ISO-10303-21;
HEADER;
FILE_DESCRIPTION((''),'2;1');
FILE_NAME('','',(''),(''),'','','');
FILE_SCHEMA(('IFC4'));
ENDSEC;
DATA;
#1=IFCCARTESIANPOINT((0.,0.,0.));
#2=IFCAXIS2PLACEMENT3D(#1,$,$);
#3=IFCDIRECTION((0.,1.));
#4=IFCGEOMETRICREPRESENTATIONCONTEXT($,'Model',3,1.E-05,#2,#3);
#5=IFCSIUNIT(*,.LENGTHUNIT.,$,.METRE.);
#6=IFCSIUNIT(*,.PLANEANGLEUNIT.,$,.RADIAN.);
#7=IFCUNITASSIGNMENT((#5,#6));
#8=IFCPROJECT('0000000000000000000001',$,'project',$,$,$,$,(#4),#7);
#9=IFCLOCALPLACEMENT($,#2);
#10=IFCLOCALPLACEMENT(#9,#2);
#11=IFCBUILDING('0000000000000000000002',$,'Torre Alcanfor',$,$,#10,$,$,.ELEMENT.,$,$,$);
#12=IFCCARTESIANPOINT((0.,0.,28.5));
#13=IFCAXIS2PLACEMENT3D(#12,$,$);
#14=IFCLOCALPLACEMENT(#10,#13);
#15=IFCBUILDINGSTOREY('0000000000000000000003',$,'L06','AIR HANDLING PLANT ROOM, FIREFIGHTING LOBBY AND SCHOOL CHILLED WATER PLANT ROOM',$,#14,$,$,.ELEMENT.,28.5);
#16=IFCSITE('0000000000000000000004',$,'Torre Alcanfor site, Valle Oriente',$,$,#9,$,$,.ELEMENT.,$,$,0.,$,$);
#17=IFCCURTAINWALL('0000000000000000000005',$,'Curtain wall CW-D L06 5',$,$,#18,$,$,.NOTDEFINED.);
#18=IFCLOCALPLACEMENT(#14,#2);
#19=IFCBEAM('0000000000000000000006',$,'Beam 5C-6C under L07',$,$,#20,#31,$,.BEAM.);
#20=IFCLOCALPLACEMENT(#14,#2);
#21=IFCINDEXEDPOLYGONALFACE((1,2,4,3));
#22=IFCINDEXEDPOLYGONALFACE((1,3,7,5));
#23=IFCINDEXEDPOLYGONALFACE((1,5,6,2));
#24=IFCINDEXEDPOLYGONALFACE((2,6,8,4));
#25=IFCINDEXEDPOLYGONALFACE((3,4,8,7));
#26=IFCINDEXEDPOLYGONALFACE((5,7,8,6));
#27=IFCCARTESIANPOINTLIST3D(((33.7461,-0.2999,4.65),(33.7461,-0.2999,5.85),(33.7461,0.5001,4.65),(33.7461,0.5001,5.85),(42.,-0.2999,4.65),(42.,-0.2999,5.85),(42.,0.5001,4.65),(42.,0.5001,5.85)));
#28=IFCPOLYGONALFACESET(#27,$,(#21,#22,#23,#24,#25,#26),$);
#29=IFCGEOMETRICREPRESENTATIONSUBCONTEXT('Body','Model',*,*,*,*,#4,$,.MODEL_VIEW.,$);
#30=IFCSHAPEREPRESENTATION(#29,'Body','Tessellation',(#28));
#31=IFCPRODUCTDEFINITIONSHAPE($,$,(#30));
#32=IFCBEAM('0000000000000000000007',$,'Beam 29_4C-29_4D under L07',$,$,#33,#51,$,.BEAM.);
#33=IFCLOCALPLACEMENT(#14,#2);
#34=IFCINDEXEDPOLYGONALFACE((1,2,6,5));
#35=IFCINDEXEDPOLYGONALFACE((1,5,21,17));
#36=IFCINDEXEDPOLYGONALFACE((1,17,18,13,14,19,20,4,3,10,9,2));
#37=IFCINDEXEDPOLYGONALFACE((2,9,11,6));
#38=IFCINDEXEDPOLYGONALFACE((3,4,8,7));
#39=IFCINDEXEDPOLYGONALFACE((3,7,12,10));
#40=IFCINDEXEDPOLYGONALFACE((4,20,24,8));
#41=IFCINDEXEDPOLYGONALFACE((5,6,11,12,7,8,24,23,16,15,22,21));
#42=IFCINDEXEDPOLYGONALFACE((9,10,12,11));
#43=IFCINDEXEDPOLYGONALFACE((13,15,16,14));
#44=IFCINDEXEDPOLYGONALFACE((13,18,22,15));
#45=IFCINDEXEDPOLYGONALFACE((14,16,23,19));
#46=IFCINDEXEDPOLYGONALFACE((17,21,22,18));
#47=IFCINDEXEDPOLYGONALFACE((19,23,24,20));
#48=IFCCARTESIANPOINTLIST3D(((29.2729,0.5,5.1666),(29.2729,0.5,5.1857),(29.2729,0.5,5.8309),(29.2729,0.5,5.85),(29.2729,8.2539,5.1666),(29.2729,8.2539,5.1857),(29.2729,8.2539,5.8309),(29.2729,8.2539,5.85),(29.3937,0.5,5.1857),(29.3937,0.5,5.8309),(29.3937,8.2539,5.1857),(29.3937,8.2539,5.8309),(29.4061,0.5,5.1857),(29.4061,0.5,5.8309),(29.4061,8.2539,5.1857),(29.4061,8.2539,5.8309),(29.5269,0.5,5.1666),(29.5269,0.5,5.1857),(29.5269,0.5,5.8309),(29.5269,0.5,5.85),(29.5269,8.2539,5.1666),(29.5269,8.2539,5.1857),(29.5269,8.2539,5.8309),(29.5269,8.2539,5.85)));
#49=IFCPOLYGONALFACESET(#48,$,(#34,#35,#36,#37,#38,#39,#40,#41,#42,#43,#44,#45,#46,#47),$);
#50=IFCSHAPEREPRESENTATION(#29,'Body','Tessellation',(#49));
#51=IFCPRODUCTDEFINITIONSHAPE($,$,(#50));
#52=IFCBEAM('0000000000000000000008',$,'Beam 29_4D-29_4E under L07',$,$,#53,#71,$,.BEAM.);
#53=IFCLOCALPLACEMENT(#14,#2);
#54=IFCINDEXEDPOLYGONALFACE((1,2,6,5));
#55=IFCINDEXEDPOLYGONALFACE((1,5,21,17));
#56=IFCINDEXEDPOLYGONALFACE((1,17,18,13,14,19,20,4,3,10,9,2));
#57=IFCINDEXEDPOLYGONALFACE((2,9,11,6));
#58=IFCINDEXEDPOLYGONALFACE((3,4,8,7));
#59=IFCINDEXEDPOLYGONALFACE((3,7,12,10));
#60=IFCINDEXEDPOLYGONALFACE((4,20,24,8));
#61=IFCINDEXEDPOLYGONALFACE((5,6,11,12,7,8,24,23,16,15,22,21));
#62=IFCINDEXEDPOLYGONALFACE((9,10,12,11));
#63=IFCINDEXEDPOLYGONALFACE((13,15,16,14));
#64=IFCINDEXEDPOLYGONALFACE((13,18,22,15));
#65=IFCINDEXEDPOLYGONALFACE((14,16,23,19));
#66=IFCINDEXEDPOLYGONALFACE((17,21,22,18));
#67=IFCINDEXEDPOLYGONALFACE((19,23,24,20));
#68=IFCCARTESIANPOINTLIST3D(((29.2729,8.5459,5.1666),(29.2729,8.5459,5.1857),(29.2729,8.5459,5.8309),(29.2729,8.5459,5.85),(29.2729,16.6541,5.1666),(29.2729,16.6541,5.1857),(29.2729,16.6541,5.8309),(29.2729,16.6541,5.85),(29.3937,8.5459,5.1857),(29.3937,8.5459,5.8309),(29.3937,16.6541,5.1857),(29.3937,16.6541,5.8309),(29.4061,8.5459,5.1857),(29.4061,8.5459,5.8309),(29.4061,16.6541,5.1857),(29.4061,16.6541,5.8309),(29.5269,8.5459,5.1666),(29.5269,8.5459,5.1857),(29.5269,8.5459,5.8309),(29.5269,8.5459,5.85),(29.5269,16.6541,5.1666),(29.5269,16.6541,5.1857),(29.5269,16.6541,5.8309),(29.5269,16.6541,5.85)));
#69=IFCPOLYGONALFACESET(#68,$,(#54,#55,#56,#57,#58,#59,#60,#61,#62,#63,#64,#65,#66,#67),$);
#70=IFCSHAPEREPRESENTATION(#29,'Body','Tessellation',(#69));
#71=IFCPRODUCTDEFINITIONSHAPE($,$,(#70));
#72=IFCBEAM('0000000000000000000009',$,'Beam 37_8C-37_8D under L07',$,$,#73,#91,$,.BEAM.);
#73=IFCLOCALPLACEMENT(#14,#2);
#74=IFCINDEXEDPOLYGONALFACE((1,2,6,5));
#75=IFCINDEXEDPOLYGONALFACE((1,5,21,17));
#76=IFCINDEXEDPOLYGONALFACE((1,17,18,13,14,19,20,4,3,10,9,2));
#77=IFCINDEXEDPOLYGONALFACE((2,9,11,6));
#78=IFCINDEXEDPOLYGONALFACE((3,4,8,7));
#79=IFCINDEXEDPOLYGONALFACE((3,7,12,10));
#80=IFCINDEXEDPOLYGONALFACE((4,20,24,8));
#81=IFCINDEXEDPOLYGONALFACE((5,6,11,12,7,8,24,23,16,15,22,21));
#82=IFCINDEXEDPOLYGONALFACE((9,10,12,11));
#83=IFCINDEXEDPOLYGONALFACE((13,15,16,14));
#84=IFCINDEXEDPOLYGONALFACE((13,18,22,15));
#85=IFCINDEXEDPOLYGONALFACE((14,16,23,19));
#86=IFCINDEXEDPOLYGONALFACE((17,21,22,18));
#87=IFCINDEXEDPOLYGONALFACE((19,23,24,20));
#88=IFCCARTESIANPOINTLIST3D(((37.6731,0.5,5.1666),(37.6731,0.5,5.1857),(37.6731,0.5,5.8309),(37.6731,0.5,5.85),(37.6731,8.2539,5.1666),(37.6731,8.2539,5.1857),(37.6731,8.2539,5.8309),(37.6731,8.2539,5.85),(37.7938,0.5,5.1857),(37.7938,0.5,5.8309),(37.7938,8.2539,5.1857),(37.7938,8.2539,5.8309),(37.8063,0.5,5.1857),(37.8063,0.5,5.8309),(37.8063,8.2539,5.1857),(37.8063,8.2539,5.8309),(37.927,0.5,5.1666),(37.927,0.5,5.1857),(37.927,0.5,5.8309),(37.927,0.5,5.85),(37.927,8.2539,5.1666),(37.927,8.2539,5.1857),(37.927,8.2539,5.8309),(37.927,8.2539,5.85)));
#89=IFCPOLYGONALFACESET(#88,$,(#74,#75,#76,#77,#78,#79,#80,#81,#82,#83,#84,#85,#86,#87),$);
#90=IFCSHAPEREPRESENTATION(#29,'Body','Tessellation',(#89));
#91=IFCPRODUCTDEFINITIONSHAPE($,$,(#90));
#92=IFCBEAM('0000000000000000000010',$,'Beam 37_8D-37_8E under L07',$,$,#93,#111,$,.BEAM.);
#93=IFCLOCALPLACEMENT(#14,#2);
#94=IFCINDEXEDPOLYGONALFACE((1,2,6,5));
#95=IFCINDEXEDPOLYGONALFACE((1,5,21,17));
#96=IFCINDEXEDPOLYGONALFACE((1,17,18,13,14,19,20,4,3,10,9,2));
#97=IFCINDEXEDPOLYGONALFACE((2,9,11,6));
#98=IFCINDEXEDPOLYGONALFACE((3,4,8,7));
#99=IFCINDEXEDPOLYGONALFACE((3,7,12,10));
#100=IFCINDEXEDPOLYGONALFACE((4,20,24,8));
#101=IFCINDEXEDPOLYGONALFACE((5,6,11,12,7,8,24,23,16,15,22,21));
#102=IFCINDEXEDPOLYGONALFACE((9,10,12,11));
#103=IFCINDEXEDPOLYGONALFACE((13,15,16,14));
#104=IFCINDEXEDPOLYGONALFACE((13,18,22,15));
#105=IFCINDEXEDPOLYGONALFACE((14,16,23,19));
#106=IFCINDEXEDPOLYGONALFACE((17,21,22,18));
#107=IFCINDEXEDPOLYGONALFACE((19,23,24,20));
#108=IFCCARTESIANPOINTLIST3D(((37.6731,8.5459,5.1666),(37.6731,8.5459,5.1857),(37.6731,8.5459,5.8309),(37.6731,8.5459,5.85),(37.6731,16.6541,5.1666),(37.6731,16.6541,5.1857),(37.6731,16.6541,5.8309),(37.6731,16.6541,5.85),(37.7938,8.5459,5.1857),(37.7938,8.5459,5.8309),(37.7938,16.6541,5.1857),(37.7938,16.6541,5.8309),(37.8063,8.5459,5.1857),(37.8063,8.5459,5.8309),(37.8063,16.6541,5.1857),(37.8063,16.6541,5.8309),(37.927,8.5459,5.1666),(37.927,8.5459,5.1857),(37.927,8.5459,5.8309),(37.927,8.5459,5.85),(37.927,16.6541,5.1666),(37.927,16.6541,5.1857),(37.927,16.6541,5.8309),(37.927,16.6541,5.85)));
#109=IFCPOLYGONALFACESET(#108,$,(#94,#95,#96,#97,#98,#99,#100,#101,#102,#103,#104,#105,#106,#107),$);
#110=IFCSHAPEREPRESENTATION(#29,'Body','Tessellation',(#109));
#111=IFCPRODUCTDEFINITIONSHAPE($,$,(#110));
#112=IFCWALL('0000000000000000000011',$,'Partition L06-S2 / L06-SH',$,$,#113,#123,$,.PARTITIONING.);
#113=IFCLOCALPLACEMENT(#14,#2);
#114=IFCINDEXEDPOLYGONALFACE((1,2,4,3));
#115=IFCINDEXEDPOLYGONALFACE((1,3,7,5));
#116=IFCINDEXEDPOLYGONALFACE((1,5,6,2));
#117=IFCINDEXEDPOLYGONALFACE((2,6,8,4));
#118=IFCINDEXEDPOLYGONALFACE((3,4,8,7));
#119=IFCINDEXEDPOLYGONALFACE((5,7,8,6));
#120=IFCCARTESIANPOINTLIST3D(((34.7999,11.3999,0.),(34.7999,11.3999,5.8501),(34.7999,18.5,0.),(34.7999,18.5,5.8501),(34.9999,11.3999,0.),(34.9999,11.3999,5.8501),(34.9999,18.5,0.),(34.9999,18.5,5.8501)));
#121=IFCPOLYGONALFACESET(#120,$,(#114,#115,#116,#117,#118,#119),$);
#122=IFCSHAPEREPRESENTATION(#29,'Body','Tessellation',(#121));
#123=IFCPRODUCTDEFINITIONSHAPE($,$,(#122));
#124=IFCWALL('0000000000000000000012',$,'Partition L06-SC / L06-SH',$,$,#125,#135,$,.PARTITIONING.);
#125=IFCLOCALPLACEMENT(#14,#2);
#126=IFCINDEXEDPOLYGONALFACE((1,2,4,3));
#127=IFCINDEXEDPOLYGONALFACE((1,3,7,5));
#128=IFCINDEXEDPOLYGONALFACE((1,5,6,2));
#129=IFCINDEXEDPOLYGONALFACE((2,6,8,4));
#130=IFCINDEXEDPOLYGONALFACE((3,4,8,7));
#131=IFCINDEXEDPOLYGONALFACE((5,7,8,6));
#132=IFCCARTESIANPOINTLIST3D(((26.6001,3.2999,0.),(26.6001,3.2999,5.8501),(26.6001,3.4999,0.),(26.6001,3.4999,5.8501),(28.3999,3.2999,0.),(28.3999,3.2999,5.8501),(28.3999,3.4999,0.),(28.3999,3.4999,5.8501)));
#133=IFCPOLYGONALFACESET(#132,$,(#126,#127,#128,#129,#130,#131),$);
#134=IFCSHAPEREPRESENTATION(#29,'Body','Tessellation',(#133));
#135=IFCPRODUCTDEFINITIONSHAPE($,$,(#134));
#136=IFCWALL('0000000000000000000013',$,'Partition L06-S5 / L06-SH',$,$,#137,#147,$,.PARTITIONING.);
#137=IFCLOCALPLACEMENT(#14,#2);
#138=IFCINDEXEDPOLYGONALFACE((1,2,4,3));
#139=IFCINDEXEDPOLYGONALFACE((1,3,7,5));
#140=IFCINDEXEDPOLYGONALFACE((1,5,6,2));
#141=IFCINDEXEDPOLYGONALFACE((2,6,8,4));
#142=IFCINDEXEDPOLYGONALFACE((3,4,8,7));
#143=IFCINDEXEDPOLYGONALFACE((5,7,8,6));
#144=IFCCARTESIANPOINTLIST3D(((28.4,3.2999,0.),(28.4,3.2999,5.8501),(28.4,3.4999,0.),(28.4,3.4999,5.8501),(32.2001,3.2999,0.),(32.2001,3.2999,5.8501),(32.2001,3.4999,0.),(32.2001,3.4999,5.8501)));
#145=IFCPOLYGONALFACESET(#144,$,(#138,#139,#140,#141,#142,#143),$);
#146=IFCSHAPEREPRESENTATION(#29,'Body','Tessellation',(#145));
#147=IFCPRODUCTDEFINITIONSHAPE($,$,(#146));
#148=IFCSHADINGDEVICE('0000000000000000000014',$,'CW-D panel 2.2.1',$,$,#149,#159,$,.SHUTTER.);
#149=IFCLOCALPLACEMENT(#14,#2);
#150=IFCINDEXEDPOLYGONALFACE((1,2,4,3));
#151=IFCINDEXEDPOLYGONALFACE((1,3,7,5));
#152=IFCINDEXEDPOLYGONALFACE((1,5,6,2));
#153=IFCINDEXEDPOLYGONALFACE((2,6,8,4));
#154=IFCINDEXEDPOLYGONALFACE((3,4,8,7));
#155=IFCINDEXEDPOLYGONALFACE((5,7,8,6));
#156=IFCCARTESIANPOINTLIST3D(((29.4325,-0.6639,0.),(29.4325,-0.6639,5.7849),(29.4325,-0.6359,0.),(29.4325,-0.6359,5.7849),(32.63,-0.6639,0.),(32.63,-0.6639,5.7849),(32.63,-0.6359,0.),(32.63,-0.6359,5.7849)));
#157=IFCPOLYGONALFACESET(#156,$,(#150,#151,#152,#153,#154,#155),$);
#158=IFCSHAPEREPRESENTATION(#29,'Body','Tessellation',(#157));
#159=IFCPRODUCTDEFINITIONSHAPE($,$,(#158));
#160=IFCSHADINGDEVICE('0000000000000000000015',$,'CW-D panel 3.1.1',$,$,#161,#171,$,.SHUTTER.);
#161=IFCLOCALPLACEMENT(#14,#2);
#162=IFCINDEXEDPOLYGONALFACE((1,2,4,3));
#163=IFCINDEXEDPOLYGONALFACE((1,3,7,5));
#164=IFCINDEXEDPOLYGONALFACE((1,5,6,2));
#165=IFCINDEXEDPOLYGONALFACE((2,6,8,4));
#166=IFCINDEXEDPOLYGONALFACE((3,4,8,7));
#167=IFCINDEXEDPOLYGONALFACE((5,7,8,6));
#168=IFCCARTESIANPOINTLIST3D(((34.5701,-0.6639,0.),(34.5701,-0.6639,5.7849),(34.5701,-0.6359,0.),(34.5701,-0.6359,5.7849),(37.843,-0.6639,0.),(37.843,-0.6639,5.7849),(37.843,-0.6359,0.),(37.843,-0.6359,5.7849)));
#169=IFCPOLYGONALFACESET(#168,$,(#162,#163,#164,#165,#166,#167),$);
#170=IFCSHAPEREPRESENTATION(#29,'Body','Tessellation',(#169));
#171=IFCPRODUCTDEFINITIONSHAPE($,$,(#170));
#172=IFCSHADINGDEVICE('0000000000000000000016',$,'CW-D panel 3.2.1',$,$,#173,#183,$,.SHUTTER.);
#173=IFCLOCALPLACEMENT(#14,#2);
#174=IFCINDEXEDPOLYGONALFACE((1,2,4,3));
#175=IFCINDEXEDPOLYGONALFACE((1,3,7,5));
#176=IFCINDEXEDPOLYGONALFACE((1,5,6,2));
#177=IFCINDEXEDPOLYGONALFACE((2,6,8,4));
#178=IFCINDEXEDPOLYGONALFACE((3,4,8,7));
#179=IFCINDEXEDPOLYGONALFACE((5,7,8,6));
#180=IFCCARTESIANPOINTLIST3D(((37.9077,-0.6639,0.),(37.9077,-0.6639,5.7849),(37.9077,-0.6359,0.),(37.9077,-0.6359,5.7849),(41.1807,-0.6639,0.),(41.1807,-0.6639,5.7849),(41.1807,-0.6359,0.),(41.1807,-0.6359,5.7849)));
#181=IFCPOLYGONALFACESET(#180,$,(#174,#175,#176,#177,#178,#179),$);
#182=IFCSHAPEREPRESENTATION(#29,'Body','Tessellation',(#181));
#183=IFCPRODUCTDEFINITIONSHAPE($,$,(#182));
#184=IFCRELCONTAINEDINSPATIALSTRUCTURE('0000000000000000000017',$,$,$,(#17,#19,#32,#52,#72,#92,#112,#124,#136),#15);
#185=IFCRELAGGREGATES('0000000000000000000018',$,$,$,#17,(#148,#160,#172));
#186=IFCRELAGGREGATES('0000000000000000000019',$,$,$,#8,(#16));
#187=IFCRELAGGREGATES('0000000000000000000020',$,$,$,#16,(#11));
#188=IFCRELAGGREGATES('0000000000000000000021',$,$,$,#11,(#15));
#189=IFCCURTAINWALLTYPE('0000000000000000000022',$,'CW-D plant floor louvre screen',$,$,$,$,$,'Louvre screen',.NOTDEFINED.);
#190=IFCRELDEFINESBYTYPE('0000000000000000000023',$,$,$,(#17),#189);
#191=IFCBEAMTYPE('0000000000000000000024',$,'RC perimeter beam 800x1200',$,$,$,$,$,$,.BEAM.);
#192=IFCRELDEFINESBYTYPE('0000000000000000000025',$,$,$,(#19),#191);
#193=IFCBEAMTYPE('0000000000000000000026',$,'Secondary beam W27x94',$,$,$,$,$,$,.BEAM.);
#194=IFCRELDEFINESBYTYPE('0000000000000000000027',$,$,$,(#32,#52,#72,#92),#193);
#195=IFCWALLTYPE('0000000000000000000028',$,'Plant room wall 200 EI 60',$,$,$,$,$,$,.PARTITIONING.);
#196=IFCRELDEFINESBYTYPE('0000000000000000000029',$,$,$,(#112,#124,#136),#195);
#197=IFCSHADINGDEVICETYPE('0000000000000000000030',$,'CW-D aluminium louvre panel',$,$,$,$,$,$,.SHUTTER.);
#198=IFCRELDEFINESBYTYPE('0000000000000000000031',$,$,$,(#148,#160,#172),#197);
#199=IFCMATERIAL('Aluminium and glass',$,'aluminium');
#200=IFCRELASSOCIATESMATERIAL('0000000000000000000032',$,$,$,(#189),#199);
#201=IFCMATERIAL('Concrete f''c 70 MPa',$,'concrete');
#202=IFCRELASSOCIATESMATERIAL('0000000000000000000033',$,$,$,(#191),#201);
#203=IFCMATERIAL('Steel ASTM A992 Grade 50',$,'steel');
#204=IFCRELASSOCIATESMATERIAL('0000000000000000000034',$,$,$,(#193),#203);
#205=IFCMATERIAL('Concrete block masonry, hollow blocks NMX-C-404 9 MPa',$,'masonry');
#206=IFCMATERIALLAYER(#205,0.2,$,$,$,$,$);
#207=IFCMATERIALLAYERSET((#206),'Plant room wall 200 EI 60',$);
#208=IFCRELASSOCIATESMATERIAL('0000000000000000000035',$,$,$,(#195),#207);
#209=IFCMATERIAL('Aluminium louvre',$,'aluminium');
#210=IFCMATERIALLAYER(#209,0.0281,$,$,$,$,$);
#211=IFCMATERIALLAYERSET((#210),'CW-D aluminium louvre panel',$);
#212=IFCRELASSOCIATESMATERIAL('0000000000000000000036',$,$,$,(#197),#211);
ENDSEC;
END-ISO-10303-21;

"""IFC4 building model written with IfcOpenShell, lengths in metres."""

from ifc_helpers import new_model, si_unit, direction, frame, frame_2d, origin, origin_2d, place, context, subcontext, project, spatial, rectangle, i_section, extrude, material, layer, layer_set, material_profile, profile_set, type_object, element, aggregate, save


model = new_model("IFC4")

# Units and contexts
model_context = context("Model", 3, precision=1e-05, world=origin(), true_north=direction((0.0, 1.0)))
body_context = subcontext(model_context, "Body", "Model", "MODEL_VIEW")
ifc_project = project(units=[si_unit("LENGTHUNIT", "METRE"), si_unit("PLANEANGLEUNIT", "RADIAN")], contexts=[model_context])

# Site, building, storey
site_placement = place(None, origin())
site = spatial("IfcSite", under=ifc_project, at=site_placement, Name="Torre Alcanfor site, Valle Oriente", CompositionType="ELEMENT", RefElevation=0.0)
building_placement = place(site_placement, origin())
building = spatial("IfcBuilding", under=site, at=building_placement, Name="Torre Alcanfor", CompositionType="ELEMENT")
storey_placement = place(building_placement, frame((0.0, 0.0, 28.5)))
storey = spatial("IfcBuildingStorey", under=building, at=storey_placement, Name="L06", Description="AIR HANDLING PLANT ROOM, FIREFIGHTING LOBBY AND SCHOOL CHILLED WATER PLANT ROOM", CompositionType="ELEMENT", Elevation=28.5)

# Curtain wall
ifc_material_1 = material(Name="Aluminium and glass", Category="aluminium")
curtain_wall_type = type_object("IfcCurtainWallType", Name="CW-D plant floor louvre screen", ElementType="Louvre screen", PredefinedType="NOTDEFINED", material=ifc_material_1)
curtain_wall_placement = place(storey_placement, origin())
curtain_wall = element("IfcCurtainWall", 1, at=curtain_wall_placement, inside=storey, type_object=curtain_wall_type, Name="Curtain wall CW-D L06 5", PredefinedType="NOTDEFINED")

# Beams
ifc_material_2 = material(Name="Concrete f'c 70 MPa", Category="concrete")
ifc_material_profile_1 = material_profile(ifc_material_2, rectangle(XDim=0.8, YDim=1.2, at=origin_2d()), Name="800x1200")
ifc_profile_set_1 = profile_set([ifc_material_profile_1], Name="Concrete f'c 70 MPa")
beam_type_1 = type_object("IfcBeamType", Name="RC perimeter beam 800x1200", PredefinedType="BEAM", material=ifc_profile_set_1)
beam_1_placement = place(storey_placement, frame((33.7461, 0.1001, 5.25), z_axis=(1.0, 0.0, 0.0), x_axis=(0.0, 1.0, 0.0)))
element("IfcBeam", 2, at=beam_1_placement, inside=storey, type_object=beam_type_1, Name="Beam 5C-6C under L07", PredefinedType="BEAM", context=body_context, shape_type="SweptSolid", body=[
    extrude(rectangle(XDim=0.8, YDim=1.2, at=origin_2d()), origin(), (0.0, 0.0, 1.0), 8.2539),
])
ifc_material_3 = material(Name="Steel ASTM A992 Grade 50", Category="steel")
ifc_material_profile_2 = material_profile(ifc_material_3, i_section(OverallWidth=0.2539, OverallDepth=0.6833, WebThickness=0.0125, FlangeThickness=0.019, at=origin_2d()), Name="W27x94")
ifc_profile_set_2 = profile_set([ifc_material_profile_2], Name="Steel ASTM A992 Grade 50")
beam_type_2 = type_object("IfcBeamType", Name="Secondary beam W27x94", PredefinedType="BEAM", material=ifc_profile_set_2)
beam_2_placement = place(storey_placement, frame((29.3999, 0.5, 5.5083), z_axis=(0.0, 1.0, 0.0), x_axis=(-1.0, 0.0, 0.0)))
element("IfcBeam", 3, at=beam_2_placement, inside=storey, type_object=beam_type_2, Name="Beam 29_4C-29_4D under L07", PredefinedType="BEAM", context=body_context, shape_type="SweptSolid", body=[
    extrude(i_section(OverallWidth=0.2539, OverallDepth=0.6833, WebThickness=0.0125, FlangeThickness=0.019, at=origin_2d()), origin(), (0.0, 0.0, 1.0), 7.7539),
])
beam_3_placement = place(storey_placement, frame((29.3999, 8.5459, 5.5083), z_axis=(0.0, 1.0, 0.0), x_axis=(-1.0, 0.0, 0.0)))
element("IfcBeam", 4, at=beam_3_placement, inside=storey, type_object=beam_type_2, Name="Beam 29_4D-29_4E under L07", PredefinedType="BEAM", context=body_context, shape_type="SweptSolid", body=[
    extrude(i_section(OverallWidth=0.2539, OverallDepth=0.6833, WebThickness=0.0125, FlangeThickness=0.019, at=origin_2d()), origin(), (0.0, 0.0, 1.0), 8.1082),
])
beam_4_placement = place(storey_placement, frame((37.8, 0.5, 5.5083), z_axis=(0.0, 1.0, 0.0), x_axis=(-1.0, 0.0, 0.0)))
element("IfcBeam", 5, at=beam_4_placement, inside=storey, type_object=beam_type_2, Name="Beam 37_8C-37_8D under L07", PredefinedType="BEAM", context=body_context, shape_type="SweptSolid", body=[
    extrude(i_section(OverallWidth=0.2539, OverallDepth=0.6833, WebThickness=0.0125, FlangeThickness=0.019, at=origin_2d()), origin(), (0.0, 0.0, 1.0), 7.7539),
])
beam_5_placement = place(storey_placement, frame((37.8, 8.5459, 5.5083), z_axis=(0.0, 1.0, 0.0), x_axis=(-1.0, 0.0, 0.0)))
element("IfcBeam", 6, at=beam_5_placement, inside=storey, type_object=beam_type_2, Name="Beam 37_8D-37_8E under L07", PredefinedType="BEAM", context=body_context, shape_type="SweptSolid", body=[
    extrude(i_section(OverallWidth=0.2539, OverallDepth=0.6833, WebThickness=0.0125, FlangeThickness=0.019, at=origin_2d()), origin(), (0.0, 0.0, 1.0), 8.1082),
])

# Walls
ifc_material_4 = material(Name="Concrete block masonry, hollow blocks NMX-C-404 9 MPa", Category="masonry")
ifc_layer_1 = layer(ifc_material_4, 0.2)
ifc_layer_set_1 = layer_set([ifc_layer_1], Name="Plant room wall 200 EI 60")
wall_type = type_object("IfcWallType", Name="Plant room wall 200 EI 60", PredefinedType="PARTITIONING", material=ifc_layer_set_1)
wall_1_placement = place(storey_placement, frame((34.8999, 11.3999, 0.0), z_axis=(0.0, 0.0, 1.0), x_axis=(0.0, 1.0, 0.0)))
element("IfcWall", 7, at=wall_1_placement, inside=storey, type_object=wall_type, Name="Partition L06-S2 / L06-SH", PredefinedType="PARTITIONING", context=body_context, shape_type="SweptSolid", body=[
    extrude(rectangle(XDim=7.1001, YDim=0.2, at=frame_2d((3.55, 0.0))), origin(), (0.0, 0.0, 1.0), 5.8501),
])
wall_2_placement = place(storey_placement, frame((28.3999, 3.3999, 0.0), z_axis=(0.0, 0.0, 1.0), x_axis=(-1.0, 0.0, 0.0)))
element("IfcWall", 8, at=wall_2_placement, inside=storey, type_object=wall_type, Name="Partition L06-SC / L06-SH", PredefinedType="PARTITIONING", context=body_context, shape_type="SweptSolid", body=[
    extrude(rectangle(XDim=1.7998, YDim=0.2, at=frame_2d((0.8999, 0.0))), origin(), (0.0, 0.0, 1.0), 5.8501),
])
wall_3_placement = place(storey_placement, frame((32.2, 3.3999, 0.0), z_axis=(0.0, 0.0, 1.0), x_axis=(-1.0, 0.0, 0.0)))
element("IfcWall", 9, at=wall_3_placement, inside=storey, type_object=wall_type, Name="Partition L06-S5 / L06-SH", PredefinedType="PARTITIONING", context=body_context, shape_type="SweptSolid", body=[
    extrude(rectangle(XDim=3.8, YDim=0.2, at=frame_2d((1.8999, 0.0))), origin(), (0.0, 0.0, 1.0), 5.8501),
])

# Shading devices
ifc_material_5 = material(Name="Aluminium louvre", Category="aluminium")
ifc_layer_2 = layer(ifc_material_5, 0.0281)
ifc_layer_set_2 = layer_set([ifc_layer_2], Name="CW-D aluminium louvre panel")
shading_device_type = type_object("IfcShadingDeviceType", Name="CW-D aluminium louvre panel", PredefinedType="SHUTTER", material=ifc_layer_set_2)
shading_device_1_placement = place(storey_placement, frame((31.0312, -0.6499, 0.0), z_axis=(0.0, 0.0, 1.0), x_axis=(1.0, 0.0, 0.0)))
shading_device_1 = element("IfcShadingDevice", 10, at=shading_device_1_placement, type_object=shading_device_type, Name="CW-D panel 2.2.1", PredefinedType="SHUTTER", context=body_context, shape_type="SweptSolid", body=[
    extrude(rectangle(XDim=3.1975, YDim=0.0281, at=origin_2d()), origin(), (0.0, 0.0, 1.0), 5.7849),
])
shading_device_2_placement = place(storey_placement, frame((36.2065, -0.6499, 0.0), z_axis=(0.0, 0.0, 1.0), x_axis=(1.0, 0.0, 0.0)))
shading_device_2 = element("IfcShadingDevice", 11, at=shading_device_2_placement, type_object=shading_device_type, Name="CW-D panel 3.1.1", PredefinedType="SHUTTER", context=body_context, shape_type="SweptSolid", body=[
    extrude(rectangle(XDim=3.2729, YDim=0.0281, at=origin_2d()), origin(), (0.0, 0.0, 1.0), 5.7849),
])
shading_device_3_placement = place(storey_placement, frame((39.5442, -0.6499, 0.0), z_axis=(0.0, 0.0, 1.0), x_axis=(1.0, 0.0, 0.0)))
shading_device_3 = element("IfcShadingDevice", 12, at=shading_device_3_placement, type_object=shading_device_type, Name="CW-D panel 3.2.1", PredefinedType="SHUTTER", context=body_context, shape_type="SweptSolid", body=[
    extrude(rectangle(XDim=3.2729, YDim=0.0281, at=origin_2d()), origin(), (0.0, 0.0, 1.0), 5.7849),
])
aggregate(curtain_wall, [shading_device_1, shading_device_2, shading_device_3])

save(model, "model.ifc")
